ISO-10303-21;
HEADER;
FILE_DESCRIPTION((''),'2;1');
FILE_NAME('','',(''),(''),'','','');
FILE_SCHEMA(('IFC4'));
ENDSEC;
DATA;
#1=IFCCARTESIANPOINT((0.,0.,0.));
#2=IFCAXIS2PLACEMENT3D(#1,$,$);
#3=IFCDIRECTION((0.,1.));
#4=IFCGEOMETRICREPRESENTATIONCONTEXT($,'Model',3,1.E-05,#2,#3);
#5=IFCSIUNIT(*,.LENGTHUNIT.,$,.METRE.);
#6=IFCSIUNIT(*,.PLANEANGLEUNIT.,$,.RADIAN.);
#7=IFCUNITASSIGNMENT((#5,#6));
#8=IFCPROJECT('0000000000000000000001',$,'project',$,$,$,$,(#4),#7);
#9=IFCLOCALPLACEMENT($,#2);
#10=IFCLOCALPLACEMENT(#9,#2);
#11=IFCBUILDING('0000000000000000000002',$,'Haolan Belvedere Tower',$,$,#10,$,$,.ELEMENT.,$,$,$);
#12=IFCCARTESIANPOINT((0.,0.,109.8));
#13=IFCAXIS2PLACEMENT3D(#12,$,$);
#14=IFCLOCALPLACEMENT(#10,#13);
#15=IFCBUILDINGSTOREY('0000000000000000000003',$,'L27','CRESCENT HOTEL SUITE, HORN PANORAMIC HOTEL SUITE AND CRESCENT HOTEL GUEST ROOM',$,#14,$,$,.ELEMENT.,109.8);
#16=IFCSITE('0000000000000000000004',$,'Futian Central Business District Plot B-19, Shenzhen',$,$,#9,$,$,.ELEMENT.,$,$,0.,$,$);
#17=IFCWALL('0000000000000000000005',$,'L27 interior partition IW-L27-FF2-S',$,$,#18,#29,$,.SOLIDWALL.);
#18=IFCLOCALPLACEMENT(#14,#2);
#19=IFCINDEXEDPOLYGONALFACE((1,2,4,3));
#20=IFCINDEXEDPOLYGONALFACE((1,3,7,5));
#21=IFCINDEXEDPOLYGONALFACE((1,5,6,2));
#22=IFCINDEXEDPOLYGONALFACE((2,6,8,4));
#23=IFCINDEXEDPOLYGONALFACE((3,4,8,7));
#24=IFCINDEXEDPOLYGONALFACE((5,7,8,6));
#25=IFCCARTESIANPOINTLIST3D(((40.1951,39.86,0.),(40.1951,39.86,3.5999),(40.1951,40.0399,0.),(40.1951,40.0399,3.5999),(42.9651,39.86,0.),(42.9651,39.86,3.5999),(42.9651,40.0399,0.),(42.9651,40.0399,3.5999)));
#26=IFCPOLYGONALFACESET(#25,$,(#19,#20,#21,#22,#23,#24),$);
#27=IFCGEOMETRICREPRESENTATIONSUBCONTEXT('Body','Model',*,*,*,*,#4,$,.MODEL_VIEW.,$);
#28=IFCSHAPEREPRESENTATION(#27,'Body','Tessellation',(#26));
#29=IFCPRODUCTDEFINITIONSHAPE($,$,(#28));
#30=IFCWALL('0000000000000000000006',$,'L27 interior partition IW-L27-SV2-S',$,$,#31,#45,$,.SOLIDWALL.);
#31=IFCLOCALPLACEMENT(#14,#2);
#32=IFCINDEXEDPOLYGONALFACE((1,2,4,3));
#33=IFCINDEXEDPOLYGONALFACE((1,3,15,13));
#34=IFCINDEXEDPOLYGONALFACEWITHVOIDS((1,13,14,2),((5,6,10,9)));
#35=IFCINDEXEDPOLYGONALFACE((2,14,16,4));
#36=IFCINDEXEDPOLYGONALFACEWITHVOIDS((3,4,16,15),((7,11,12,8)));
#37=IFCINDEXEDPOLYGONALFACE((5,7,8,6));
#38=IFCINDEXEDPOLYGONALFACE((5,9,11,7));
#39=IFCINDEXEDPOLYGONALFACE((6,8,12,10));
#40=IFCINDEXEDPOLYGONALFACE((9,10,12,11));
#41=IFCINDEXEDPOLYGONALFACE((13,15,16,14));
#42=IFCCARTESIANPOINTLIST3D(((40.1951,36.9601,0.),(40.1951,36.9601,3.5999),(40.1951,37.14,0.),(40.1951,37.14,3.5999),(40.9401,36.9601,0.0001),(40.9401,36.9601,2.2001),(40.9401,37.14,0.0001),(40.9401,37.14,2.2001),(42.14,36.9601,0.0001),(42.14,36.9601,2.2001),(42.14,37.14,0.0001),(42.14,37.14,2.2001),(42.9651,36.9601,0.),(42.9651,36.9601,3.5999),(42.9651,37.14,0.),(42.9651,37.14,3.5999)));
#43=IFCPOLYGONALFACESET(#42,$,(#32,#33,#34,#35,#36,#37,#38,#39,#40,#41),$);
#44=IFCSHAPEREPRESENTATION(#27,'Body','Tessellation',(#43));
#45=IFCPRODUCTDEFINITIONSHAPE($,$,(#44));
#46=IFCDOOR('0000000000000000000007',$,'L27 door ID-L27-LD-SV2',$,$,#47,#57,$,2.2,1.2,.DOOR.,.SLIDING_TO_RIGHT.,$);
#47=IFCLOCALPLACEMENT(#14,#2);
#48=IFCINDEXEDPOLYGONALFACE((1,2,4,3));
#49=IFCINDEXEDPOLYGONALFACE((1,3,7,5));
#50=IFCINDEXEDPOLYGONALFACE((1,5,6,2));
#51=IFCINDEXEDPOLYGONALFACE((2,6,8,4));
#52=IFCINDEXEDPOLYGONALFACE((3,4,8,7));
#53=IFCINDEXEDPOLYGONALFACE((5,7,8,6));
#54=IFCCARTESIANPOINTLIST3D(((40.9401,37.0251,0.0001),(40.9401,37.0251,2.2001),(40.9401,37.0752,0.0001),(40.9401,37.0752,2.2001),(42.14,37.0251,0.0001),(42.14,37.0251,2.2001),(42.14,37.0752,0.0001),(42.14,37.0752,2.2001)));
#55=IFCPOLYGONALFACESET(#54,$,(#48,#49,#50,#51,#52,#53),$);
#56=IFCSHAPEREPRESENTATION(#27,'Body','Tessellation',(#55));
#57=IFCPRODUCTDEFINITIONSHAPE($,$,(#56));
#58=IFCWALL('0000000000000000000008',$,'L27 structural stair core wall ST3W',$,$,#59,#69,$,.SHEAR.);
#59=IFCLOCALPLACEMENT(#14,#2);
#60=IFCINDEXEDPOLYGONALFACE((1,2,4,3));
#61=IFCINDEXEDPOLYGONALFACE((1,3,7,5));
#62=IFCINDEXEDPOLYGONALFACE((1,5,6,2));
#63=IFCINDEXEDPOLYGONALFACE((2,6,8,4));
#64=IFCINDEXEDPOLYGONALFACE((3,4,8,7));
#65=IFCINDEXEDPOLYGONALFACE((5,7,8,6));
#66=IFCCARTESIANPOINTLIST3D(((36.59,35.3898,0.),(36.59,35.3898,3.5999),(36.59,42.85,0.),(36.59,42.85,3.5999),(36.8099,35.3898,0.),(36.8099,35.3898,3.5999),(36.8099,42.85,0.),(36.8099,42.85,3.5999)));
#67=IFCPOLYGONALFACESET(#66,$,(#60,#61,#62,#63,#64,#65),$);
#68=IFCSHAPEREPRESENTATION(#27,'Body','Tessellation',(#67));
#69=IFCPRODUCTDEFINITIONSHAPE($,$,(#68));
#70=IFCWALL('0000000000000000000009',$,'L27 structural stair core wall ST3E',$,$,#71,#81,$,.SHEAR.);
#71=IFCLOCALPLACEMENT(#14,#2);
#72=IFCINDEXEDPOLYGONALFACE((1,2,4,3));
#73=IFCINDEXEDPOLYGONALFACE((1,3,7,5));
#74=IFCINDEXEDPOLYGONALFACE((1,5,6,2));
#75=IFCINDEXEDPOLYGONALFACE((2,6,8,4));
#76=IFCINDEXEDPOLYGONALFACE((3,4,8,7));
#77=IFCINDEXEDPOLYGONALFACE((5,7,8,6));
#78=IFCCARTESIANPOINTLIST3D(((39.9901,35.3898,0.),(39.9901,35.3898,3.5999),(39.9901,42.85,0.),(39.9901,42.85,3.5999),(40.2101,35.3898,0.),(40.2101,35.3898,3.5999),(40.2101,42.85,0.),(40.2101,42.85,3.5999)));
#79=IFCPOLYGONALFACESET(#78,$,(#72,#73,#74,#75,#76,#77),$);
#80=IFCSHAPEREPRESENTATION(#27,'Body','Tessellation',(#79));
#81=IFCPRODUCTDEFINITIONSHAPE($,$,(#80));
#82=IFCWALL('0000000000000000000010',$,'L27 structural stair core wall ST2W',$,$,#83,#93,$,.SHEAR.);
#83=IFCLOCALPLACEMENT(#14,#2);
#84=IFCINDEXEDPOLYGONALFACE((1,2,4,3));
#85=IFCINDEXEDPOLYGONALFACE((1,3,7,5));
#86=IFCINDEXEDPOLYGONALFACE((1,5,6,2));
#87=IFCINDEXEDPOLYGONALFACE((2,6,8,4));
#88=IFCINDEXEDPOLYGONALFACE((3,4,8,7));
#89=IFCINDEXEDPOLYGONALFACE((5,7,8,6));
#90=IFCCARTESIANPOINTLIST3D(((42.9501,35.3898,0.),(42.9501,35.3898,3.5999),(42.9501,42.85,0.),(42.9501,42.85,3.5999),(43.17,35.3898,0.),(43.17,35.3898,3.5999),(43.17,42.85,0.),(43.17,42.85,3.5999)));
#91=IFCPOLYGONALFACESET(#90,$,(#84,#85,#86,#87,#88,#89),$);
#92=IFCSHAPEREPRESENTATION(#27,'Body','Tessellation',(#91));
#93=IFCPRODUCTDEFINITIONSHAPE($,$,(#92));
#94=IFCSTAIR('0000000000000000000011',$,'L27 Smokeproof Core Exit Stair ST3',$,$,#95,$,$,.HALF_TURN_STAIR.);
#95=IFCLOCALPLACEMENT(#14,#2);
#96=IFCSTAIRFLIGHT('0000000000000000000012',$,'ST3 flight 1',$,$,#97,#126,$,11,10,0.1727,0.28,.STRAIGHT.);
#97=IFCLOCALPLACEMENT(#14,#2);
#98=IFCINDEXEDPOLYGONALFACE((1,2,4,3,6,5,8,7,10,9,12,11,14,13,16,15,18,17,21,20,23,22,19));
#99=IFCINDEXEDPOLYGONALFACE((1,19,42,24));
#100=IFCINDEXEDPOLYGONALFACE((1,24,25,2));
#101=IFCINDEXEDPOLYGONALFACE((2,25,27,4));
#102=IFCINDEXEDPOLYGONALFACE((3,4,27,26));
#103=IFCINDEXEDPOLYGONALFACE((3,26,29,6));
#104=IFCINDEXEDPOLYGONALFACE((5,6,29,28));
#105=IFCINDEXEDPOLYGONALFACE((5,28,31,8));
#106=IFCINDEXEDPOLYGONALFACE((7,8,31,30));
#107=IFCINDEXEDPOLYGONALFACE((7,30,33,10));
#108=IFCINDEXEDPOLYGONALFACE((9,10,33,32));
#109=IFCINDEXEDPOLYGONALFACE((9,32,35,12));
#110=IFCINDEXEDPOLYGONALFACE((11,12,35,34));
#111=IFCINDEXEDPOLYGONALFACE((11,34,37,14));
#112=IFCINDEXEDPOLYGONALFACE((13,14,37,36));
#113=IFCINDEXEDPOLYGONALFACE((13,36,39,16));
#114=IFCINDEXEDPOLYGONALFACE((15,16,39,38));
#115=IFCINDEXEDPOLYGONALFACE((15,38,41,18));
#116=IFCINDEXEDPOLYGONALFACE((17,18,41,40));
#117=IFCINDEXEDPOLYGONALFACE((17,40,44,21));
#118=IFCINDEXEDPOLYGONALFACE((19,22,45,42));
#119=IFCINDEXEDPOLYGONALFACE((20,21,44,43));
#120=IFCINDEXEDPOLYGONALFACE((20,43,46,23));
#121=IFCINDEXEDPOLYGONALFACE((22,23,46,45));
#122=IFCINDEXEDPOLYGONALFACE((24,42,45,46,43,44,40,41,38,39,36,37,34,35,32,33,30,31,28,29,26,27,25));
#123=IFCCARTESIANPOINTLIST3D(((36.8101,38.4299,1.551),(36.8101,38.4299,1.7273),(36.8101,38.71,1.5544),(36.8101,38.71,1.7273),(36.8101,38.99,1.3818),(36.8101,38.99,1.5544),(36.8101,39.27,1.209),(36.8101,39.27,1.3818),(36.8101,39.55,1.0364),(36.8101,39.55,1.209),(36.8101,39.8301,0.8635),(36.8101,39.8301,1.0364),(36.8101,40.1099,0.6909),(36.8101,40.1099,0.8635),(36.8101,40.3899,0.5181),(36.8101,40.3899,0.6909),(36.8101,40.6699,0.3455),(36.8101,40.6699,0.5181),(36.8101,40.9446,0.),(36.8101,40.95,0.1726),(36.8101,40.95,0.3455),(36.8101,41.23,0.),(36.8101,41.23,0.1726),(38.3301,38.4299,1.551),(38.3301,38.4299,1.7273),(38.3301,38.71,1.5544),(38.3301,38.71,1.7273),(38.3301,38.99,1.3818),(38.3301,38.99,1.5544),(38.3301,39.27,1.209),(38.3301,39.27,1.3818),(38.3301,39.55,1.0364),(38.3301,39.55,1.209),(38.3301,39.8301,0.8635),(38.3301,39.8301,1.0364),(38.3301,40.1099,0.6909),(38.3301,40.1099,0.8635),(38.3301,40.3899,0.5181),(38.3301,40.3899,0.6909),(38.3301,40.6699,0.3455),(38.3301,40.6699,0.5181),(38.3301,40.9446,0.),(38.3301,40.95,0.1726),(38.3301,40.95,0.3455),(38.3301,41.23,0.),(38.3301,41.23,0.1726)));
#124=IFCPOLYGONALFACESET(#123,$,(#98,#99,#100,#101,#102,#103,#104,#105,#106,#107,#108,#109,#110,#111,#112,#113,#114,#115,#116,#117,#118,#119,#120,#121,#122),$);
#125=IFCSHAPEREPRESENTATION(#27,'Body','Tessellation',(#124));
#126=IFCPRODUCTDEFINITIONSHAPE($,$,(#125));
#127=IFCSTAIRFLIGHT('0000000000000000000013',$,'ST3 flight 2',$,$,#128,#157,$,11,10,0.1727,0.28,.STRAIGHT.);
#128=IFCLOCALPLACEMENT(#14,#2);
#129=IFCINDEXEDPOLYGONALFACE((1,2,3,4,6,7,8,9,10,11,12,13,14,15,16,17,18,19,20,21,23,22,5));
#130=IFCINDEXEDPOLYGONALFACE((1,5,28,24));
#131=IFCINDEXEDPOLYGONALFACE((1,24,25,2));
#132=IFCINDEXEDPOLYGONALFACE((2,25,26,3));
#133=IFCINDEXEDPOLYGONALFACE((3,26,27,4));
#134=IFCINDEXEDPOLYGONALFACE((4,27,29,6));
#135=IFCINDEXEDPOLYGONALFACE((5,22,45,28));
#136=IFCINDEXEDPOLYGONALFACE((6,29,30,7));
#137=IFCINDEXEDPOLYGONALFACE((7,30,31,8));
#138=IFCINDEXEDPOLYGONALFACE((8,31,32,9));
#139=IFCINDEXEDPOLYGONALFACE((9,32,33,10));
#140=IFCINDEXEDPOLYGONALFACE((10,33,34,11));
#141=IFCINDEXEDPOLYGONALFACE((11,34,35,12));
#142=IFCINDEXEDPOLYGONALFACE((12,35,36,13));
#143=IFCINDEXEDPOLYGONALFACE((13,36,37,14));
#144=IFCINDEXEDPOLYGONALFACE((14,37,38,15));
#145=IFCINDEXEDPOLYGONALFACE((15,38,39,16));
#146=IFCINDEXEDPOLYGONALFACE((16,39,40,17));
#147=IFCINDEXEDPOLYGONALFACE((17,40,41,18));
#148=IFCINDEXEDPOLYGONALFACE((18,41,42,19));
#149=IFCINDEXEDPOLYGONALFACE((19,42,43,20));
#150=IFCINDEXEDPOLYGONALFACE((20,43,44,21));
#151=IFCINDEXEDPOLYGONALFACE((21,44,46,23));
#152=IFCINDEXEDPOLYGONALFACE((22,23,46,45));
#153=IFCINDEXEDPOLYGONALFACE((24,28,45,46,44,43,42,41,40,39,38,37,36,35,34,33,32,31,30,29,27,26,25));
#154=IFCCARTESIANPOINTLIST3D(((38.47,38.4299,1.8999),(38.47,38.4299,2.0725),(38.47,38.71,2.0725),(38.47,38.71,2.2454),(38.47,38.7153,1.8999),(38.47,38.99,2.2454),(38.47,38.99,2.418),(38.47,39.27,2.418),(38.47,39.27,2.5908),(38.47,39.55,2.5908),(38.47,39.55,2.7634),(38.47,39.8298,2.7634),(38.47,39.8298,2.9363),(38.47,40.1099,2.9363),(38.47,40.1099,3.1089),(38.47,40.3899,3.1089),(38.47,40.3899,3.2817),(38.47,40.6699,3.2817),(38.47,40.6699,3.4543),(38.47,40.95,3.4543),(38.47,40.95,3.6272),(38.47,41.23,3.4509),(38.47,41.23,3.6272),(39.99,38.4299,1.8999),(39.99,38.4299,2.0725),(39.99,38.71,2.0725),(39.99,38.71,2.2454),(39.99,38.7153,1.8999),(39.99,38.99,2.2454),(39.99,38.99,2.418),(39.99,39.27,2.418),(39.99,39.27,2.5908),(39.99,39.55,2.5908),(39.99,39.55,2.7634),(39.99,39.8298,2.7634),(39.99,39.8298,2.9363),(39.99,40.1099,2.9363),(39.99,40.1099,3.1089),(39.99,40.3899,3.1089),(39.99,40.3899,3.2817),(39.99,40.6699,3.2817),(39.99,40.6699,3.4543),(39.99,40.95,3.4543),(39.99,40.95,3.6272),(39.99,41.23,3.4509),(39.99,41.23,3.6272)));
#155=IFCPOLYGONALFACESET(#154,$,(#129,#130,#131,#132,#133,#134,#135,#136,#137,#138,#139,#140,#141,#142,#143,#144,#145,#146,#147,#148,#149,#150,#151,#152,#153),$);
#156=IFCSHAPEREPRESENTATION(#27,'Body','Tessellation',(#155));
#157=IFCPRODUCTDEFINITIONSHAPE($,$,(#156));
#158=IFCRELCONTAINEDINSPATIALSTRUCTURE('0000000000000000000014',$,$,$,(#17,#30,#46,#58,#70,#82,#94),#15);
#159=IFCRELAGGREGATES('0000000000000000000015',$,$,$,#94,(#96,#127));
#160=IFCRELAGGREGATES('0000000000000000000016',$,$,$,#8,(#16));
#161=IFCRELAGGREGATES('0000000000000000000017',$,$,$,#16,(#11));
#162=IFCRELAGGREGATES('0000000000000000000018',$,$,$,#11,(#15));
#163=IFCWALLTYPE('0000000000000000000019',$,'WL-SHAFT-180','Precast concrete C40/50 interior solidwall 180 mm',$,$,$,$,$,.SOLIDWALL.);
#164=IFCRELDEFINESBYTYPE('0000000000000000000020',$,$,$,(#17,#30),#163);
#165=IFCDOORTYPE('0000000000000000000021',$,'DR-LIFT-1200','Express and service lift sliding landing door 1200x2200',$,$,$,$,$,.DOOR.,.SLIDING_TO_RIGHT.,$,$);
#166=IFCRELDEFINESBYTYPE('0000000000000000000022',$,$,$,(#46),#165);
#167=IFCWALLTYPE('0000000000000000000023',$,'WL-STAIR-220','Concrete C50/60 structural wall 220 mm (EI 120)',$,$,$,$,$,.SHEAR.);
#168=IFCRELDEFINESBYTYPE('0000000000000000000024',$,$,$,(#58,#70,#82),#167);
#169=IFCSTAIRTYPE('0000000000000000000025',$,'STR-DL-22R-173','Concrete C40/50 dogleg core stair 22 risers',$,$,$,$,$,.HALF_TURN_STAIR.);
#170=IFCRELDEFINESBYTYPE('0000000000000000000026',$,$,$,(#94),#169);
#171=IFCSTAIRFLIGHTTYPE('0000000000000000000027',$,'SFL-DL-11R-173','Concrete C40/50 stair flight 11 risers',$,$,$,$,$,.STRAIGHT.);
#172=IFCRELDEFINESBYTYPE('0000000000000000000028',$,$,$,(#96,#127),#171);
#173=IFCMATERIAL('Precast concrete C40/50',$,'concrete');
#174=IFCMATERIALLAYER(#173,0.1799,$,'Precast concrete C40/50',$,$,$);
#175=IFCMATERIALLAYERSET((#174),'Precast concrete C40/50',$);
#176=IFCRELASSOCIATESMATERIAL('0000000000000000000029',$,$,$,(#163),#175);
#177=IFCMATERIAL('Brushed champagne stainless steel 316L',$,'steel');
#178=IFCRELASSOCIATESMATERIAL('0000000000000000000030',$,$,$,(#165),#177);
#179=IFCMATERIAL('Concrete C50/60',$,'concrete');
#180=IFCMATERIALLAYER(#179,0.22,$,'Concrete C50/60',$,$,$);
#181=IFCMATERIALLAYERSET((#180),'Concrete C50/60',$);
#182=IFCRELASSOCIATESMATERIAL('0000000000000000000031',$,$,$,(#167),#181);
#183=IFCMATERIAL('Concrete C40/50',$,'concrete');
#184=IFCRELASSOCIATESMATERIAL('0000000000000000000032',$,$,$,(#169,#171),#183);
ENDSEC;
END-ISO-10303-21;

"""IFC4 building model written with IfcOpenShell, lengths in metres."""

from ifc_helpers import new_model, si_unit, direction, frame, frame_2d, origin, place, context, subcontext, project, spatial, polyline, rectangle, outline, extrude, material, layer, layer_set, type_object, element, fill, aggregate, save


model = new_model("IFC4")

# Units and contexts
model_context = context("Model", 3, precision=1e-05, world=origin(), true_north=direction((0.0, 1.0)))
body_context = subcontext(model_context, "Body", "Model", "MODEL_VIEW")
ifc_project = project(units=[si_unit("LENGTHUNIT", "METRE"), si_unit("PLANEANGLEUNIT", "RADIAN")], contexts=[model_context])

# Site, building, storey
site_placement = place(None, origin())
site = spatial("IfcSite", under=ifc_project, at=site_placement, Name="Futian Central Business District Plot B-19, Shenzhen", CompositionType="ELEMENT", RefElevation=0.0)
building_placement = place(site_placement, origin())
building = spatial("IfcBuilding", under=site, at=building_placement, Name="Haolan Belvedere Tower", CompositionType="ELEMENT")
storey_placement = place(building_placement, frame((0.0, 0.0, 109.8)))
storey = spatial("IfcBuildingStorey", under=building, at=storey_placement, Name="L27", Description="CRESCENT HOTEL SUITE, HORN PANORAMIC HOTEL SUITE AND CRESCENT HOTEL GUEST ROOM", CompositionType="ELEMENT", Elevation=109.8)

# Wall
ifc_material_1 = material(Name="Precast concrete C40/50", Category="concrete")
ifc_layer_1 = layer(ifc_material_1, 0.1799, Name="Precast concrete C40/50")
ifc_layer_set_1 = layer_set([ifc_layer_1], Name="Precast concrete C40/50")
wall_type_1 = type_object("IfcWallType", Name="WL-SHAFT-180", Description="Precast concrete C40/50 interior solidwall 180 mm", PredefinedType="SOLIDWALL", material=ifc_layer_set_1)
wall_1_placement = place(storey_placement, frame((40.1951, 39.95, 0.0), z_axis=(0.0, 0.0, 1.0), x_axis=(1.0, 0.0, 0.0)))
element("IfcWall", 1, at=wall_1_placement, inside=storey, type_object=wall_type_1, Name="L27 interior partition IW-L27-FF2-S", PredefinedType="SOLIDWALL", context=body_context, shape_type="SweptSolid", body=[
    extrude(rectangle(XDim=2.77, YDim=0.1799, at=frame_2d((1.385, 0.0))), origin(), (0.0, 0.0, 1.0), 3.5999),
])

# Wall, opening, door
wall_2_placement = place(storey_placement, frame((40.1951, 37.05, 0.0), z_axis=(0.0, 0.0, 1.0), x_axis=(1.0, 0.0, 0.0)))
wall_2 = element("IfcWall", 2, at=wall_2_placement, inside=storey, type_object=wall_type_1, Name="L27 interior partition IW-L27-SV2-S", PredefinedType="SOLIDWALL", context=body_context, shape_type="SweptSolid", body=[
    extrude(rectangle(XDim=2.77, YDim=0.1799, at=frame_2d((1.385, 0.0))), origin(), (0.0, 0.0, 1.0), 3.5999),
])
opening_placement = place(wall_2_placement, frame((1.9451, 0.0, 0.0), z_axis=(0.0, 0.0, 1.0), x_axis=(-1.0, 0.0, 0.0)))
opening = element("IfcOpeningElement", 3, at=opening_placement, cuts=wall_2, PredefinedType="OPENING", context=body_context, shape_type="SweptSolid", body=[
    extrude(rectangle(XDim=1.2, YDim=2.2, at=frame_2d((0.6001, 1.1001))), frame((0.0, 0.0999, 0.0), z_axis=(0.0, -1.0, 0.0), x_axis=(1.0, 0.0, 0.0)), (0.0, 0.0, 1.0), 0.2),
])
ifc_material_2 = material(Name="Brushed champagne stainless steel 316L", Category="steel")
door_type = type_object("IfcDoorType", Name="DR-LIFT-1200", Description="Express and service lift sliding landing door 1200x2200", OperationType="SLIDING_TO_RIGHT", PredefinedType="DOOR", material=ifc_material_2)
door_placement = place(opening_placement, origin())
door = element("IfcDoor", 4, at=door_placement, inside=storey, type_object=door_type, Name="L27 door ID-L27-LD-SV2", OperationType="SLIDING_TO_RIGHT", OverallHeight=2.2, OverallWidth=1.2, PredefinedType="DOOR", context=body_context, shape_type="SweptSolid", body=[
    extrude(rectangle(XDim=1.2, YDim=2.2, at=frame_2d((0.6001, 1.1001))), frame((0.0, 0.0249, 0.0), z_axis=(0.0, -1.0, 0.0), x_axis=(1.0, 0.0, 0.0)), (0.0, 0.0, 1.0), 0.05),
])
fill(opening, door)

# Walls
ifc_material_3 = material(Name="Concrete C50/60", Category="concrete")
ifc_layer_2 = layer(ifc_material_3, 0.22, Name="Concrete C50/60")
ifc_layer_set_2 = layer_set([ifc_layer_2], Name="Concrete C50/60")
wall_type_2 = type_object("IfcWallType", Name="WL-STAIR-220", Description="Concrete C50/60 structural wall 220 mm (EI 120)", PredefinedType="SHEAR", material=ifc_layer_set_2)
for number, where, z_axis, x_axis, name in (
    (5, (36.7, 35.3899, 0.0), (0.0, 0.0, 1.0), (0.0, 1.0, 0.0), "L27 structural stair core wall ST3W"),
    (6, (40.1001, 35.3899, 0.0), (0.0, 0.0, 1.0), (0.0, 1.0, 0.0), "L27 structural stair core wall ST3E"),
    (7, (43.0601, 35.3899, 0.0), (0.0, 0.0, 1.0), (0.0, 1.0, 0.0), "L27 structural stair core wall ST2W"),
):
    element("IfcWall", number, at=place(storey_placement, frame(where, z_axis=z_axis, x_axis=x_axis)), inside=storey, type_object=wall_type_2, Name=name, PredefinedType="SHEAR", context=body_context, shape_type="SweptSolid", body=[
        extrude(rectangle(XDim=7.4602, YDim=0.22, at=frame_2d((3.73, 0.0))), origin(), (0.0, 0.0, 1.0), 3.5999),
    ])

# Stair, stair flights
ifc_material_4 = material(Name="Concrete C40/50", Category="concrete")
stair_type = type_object("IfcStairType", Name="STR-DL-22R-173", Description="Concrete C40/50 dogleg core stair 22 risers", PredefinedType="HALF_TURN_STAIR", material=ifc_material_4)
stair_1_placement = place(storey_placement, origin())
stair_1 = element("IfcStair", 8, at=stair_1_placement, inside=storey, type_object=stair_type, Name="L27 Smokeproof Core Exit Stair ST3", PredefinedType="HALF_TURN_STAIR")
stair_flight_type = type_object("IfcStairFlightType", Name="SFL-DL-11R-173", Description="Concrete C40/50 stair flight 11 risers", PredefinedType="STRAIGHT", material=ifc_material_4)
stair_flight_1_placement = place(storey_placement, frame((37.5701, 41.23, 0.0), z_axis=(0.0, 0.0, 1.0), x_axis=(0.0, -1.0, 0.0)))
stair_flight_1 = element("IfcStairFlight", 9, at=stair_flight_1_placement, type_object=stair_flight_type, Name="ST3 flight 1", NumberOfRisers=11, NumberOfTreads=10, PredefinedType="STRAIGHT", RiserHeight=0.1727, TreadLength=0.28, context=body_context, shape_type="SweptSolid", body=[
    extrude(outline(polyline([(0.0, 0.0), (0.0, 0.1726), (0.28, 0.1726), (0.28, 0.3455), (0.5601, 0.3455), (0.5601, 0.5181), (0.8401, 0.5181), (0.8401, 0.6909), (1.1201, 0.6909), (1.1201, 0.8635), (1.3999, 0.8635), (1.3999, 1.0364), (1.6799, 1.0364), (1.6799, 1.209), (1.96, 1.209), (1.96, 1.3818), (2.24, 1.3818), (2.24, 1.5544), (2.52, 1.5544), (2.52, 1.7273), (2.8, 1.7273), (2.8, 1.8999), (2.8, 1.551), (0.2854, 0.0), (0.0, 0.0)])), frame((0.0, 0.76, 0.0), z_axis=(0.0, -1.0, 0.0), x_axis=(1.0, 0.0, 0.0)), (0.0, 0.0, 1.0), 1.52),
])
stair_flight_2_placement = place(storey_placement, frame((39.23, 38.4299, 1.8999), z_axis=(0.0, 0.0, 1.0), x_axis=(0.0, 1.0, 0.0)))
stair_flight_2 = element("IfcStairFlight", 10, at=stair_flight_2_placement, type_object=stair_flight_type, Name="ST3 flight 2", NumberOfRisers=11, NumberOfTreads=10, PredefinedType="STRAIGHT", RiserHeight=0.1727, TreadLength=0.28, context=body_context, shape_type="SweptSolid", body=[
    extrude(outline(polyline([(0.0, 0.0), (0.0, 0.1726), (0.28, 0.1726), (0.28, 0.3455), (0.5601, 0.3455), (0.5601, 0.5181), (0.8401, 0.5181), (0.8401, 0.6909), (1.1201, 0.6909), (1.1201, 0.8635), (1.3999, 0.8635), (1.3999, 1.0364), (1.6799, 1.0364), (1.6799, 1.209), (1.96, 1.209), (1.96, 1.3818), (2.24, 1.3818), (2.24, 1.5544), (2.52, 1.5544), (2.52, 1.7273), (2.8, 1.7273), (2.8, 1.8999), (2.8, 1.551), (0.2854, 0.0), (0.0, 0.0)])), frame((0.0, 0.76, 0.0), z_axis=(0.0, -1.0, 0.0), x_axis=(1.0, 0.0, 0.0)), (0.0, 0.0, 1.0), 1.52),
])
aggregate(stair_1, [stair_flight_1, stair_flight_2])

save(model, "model.ifc")
